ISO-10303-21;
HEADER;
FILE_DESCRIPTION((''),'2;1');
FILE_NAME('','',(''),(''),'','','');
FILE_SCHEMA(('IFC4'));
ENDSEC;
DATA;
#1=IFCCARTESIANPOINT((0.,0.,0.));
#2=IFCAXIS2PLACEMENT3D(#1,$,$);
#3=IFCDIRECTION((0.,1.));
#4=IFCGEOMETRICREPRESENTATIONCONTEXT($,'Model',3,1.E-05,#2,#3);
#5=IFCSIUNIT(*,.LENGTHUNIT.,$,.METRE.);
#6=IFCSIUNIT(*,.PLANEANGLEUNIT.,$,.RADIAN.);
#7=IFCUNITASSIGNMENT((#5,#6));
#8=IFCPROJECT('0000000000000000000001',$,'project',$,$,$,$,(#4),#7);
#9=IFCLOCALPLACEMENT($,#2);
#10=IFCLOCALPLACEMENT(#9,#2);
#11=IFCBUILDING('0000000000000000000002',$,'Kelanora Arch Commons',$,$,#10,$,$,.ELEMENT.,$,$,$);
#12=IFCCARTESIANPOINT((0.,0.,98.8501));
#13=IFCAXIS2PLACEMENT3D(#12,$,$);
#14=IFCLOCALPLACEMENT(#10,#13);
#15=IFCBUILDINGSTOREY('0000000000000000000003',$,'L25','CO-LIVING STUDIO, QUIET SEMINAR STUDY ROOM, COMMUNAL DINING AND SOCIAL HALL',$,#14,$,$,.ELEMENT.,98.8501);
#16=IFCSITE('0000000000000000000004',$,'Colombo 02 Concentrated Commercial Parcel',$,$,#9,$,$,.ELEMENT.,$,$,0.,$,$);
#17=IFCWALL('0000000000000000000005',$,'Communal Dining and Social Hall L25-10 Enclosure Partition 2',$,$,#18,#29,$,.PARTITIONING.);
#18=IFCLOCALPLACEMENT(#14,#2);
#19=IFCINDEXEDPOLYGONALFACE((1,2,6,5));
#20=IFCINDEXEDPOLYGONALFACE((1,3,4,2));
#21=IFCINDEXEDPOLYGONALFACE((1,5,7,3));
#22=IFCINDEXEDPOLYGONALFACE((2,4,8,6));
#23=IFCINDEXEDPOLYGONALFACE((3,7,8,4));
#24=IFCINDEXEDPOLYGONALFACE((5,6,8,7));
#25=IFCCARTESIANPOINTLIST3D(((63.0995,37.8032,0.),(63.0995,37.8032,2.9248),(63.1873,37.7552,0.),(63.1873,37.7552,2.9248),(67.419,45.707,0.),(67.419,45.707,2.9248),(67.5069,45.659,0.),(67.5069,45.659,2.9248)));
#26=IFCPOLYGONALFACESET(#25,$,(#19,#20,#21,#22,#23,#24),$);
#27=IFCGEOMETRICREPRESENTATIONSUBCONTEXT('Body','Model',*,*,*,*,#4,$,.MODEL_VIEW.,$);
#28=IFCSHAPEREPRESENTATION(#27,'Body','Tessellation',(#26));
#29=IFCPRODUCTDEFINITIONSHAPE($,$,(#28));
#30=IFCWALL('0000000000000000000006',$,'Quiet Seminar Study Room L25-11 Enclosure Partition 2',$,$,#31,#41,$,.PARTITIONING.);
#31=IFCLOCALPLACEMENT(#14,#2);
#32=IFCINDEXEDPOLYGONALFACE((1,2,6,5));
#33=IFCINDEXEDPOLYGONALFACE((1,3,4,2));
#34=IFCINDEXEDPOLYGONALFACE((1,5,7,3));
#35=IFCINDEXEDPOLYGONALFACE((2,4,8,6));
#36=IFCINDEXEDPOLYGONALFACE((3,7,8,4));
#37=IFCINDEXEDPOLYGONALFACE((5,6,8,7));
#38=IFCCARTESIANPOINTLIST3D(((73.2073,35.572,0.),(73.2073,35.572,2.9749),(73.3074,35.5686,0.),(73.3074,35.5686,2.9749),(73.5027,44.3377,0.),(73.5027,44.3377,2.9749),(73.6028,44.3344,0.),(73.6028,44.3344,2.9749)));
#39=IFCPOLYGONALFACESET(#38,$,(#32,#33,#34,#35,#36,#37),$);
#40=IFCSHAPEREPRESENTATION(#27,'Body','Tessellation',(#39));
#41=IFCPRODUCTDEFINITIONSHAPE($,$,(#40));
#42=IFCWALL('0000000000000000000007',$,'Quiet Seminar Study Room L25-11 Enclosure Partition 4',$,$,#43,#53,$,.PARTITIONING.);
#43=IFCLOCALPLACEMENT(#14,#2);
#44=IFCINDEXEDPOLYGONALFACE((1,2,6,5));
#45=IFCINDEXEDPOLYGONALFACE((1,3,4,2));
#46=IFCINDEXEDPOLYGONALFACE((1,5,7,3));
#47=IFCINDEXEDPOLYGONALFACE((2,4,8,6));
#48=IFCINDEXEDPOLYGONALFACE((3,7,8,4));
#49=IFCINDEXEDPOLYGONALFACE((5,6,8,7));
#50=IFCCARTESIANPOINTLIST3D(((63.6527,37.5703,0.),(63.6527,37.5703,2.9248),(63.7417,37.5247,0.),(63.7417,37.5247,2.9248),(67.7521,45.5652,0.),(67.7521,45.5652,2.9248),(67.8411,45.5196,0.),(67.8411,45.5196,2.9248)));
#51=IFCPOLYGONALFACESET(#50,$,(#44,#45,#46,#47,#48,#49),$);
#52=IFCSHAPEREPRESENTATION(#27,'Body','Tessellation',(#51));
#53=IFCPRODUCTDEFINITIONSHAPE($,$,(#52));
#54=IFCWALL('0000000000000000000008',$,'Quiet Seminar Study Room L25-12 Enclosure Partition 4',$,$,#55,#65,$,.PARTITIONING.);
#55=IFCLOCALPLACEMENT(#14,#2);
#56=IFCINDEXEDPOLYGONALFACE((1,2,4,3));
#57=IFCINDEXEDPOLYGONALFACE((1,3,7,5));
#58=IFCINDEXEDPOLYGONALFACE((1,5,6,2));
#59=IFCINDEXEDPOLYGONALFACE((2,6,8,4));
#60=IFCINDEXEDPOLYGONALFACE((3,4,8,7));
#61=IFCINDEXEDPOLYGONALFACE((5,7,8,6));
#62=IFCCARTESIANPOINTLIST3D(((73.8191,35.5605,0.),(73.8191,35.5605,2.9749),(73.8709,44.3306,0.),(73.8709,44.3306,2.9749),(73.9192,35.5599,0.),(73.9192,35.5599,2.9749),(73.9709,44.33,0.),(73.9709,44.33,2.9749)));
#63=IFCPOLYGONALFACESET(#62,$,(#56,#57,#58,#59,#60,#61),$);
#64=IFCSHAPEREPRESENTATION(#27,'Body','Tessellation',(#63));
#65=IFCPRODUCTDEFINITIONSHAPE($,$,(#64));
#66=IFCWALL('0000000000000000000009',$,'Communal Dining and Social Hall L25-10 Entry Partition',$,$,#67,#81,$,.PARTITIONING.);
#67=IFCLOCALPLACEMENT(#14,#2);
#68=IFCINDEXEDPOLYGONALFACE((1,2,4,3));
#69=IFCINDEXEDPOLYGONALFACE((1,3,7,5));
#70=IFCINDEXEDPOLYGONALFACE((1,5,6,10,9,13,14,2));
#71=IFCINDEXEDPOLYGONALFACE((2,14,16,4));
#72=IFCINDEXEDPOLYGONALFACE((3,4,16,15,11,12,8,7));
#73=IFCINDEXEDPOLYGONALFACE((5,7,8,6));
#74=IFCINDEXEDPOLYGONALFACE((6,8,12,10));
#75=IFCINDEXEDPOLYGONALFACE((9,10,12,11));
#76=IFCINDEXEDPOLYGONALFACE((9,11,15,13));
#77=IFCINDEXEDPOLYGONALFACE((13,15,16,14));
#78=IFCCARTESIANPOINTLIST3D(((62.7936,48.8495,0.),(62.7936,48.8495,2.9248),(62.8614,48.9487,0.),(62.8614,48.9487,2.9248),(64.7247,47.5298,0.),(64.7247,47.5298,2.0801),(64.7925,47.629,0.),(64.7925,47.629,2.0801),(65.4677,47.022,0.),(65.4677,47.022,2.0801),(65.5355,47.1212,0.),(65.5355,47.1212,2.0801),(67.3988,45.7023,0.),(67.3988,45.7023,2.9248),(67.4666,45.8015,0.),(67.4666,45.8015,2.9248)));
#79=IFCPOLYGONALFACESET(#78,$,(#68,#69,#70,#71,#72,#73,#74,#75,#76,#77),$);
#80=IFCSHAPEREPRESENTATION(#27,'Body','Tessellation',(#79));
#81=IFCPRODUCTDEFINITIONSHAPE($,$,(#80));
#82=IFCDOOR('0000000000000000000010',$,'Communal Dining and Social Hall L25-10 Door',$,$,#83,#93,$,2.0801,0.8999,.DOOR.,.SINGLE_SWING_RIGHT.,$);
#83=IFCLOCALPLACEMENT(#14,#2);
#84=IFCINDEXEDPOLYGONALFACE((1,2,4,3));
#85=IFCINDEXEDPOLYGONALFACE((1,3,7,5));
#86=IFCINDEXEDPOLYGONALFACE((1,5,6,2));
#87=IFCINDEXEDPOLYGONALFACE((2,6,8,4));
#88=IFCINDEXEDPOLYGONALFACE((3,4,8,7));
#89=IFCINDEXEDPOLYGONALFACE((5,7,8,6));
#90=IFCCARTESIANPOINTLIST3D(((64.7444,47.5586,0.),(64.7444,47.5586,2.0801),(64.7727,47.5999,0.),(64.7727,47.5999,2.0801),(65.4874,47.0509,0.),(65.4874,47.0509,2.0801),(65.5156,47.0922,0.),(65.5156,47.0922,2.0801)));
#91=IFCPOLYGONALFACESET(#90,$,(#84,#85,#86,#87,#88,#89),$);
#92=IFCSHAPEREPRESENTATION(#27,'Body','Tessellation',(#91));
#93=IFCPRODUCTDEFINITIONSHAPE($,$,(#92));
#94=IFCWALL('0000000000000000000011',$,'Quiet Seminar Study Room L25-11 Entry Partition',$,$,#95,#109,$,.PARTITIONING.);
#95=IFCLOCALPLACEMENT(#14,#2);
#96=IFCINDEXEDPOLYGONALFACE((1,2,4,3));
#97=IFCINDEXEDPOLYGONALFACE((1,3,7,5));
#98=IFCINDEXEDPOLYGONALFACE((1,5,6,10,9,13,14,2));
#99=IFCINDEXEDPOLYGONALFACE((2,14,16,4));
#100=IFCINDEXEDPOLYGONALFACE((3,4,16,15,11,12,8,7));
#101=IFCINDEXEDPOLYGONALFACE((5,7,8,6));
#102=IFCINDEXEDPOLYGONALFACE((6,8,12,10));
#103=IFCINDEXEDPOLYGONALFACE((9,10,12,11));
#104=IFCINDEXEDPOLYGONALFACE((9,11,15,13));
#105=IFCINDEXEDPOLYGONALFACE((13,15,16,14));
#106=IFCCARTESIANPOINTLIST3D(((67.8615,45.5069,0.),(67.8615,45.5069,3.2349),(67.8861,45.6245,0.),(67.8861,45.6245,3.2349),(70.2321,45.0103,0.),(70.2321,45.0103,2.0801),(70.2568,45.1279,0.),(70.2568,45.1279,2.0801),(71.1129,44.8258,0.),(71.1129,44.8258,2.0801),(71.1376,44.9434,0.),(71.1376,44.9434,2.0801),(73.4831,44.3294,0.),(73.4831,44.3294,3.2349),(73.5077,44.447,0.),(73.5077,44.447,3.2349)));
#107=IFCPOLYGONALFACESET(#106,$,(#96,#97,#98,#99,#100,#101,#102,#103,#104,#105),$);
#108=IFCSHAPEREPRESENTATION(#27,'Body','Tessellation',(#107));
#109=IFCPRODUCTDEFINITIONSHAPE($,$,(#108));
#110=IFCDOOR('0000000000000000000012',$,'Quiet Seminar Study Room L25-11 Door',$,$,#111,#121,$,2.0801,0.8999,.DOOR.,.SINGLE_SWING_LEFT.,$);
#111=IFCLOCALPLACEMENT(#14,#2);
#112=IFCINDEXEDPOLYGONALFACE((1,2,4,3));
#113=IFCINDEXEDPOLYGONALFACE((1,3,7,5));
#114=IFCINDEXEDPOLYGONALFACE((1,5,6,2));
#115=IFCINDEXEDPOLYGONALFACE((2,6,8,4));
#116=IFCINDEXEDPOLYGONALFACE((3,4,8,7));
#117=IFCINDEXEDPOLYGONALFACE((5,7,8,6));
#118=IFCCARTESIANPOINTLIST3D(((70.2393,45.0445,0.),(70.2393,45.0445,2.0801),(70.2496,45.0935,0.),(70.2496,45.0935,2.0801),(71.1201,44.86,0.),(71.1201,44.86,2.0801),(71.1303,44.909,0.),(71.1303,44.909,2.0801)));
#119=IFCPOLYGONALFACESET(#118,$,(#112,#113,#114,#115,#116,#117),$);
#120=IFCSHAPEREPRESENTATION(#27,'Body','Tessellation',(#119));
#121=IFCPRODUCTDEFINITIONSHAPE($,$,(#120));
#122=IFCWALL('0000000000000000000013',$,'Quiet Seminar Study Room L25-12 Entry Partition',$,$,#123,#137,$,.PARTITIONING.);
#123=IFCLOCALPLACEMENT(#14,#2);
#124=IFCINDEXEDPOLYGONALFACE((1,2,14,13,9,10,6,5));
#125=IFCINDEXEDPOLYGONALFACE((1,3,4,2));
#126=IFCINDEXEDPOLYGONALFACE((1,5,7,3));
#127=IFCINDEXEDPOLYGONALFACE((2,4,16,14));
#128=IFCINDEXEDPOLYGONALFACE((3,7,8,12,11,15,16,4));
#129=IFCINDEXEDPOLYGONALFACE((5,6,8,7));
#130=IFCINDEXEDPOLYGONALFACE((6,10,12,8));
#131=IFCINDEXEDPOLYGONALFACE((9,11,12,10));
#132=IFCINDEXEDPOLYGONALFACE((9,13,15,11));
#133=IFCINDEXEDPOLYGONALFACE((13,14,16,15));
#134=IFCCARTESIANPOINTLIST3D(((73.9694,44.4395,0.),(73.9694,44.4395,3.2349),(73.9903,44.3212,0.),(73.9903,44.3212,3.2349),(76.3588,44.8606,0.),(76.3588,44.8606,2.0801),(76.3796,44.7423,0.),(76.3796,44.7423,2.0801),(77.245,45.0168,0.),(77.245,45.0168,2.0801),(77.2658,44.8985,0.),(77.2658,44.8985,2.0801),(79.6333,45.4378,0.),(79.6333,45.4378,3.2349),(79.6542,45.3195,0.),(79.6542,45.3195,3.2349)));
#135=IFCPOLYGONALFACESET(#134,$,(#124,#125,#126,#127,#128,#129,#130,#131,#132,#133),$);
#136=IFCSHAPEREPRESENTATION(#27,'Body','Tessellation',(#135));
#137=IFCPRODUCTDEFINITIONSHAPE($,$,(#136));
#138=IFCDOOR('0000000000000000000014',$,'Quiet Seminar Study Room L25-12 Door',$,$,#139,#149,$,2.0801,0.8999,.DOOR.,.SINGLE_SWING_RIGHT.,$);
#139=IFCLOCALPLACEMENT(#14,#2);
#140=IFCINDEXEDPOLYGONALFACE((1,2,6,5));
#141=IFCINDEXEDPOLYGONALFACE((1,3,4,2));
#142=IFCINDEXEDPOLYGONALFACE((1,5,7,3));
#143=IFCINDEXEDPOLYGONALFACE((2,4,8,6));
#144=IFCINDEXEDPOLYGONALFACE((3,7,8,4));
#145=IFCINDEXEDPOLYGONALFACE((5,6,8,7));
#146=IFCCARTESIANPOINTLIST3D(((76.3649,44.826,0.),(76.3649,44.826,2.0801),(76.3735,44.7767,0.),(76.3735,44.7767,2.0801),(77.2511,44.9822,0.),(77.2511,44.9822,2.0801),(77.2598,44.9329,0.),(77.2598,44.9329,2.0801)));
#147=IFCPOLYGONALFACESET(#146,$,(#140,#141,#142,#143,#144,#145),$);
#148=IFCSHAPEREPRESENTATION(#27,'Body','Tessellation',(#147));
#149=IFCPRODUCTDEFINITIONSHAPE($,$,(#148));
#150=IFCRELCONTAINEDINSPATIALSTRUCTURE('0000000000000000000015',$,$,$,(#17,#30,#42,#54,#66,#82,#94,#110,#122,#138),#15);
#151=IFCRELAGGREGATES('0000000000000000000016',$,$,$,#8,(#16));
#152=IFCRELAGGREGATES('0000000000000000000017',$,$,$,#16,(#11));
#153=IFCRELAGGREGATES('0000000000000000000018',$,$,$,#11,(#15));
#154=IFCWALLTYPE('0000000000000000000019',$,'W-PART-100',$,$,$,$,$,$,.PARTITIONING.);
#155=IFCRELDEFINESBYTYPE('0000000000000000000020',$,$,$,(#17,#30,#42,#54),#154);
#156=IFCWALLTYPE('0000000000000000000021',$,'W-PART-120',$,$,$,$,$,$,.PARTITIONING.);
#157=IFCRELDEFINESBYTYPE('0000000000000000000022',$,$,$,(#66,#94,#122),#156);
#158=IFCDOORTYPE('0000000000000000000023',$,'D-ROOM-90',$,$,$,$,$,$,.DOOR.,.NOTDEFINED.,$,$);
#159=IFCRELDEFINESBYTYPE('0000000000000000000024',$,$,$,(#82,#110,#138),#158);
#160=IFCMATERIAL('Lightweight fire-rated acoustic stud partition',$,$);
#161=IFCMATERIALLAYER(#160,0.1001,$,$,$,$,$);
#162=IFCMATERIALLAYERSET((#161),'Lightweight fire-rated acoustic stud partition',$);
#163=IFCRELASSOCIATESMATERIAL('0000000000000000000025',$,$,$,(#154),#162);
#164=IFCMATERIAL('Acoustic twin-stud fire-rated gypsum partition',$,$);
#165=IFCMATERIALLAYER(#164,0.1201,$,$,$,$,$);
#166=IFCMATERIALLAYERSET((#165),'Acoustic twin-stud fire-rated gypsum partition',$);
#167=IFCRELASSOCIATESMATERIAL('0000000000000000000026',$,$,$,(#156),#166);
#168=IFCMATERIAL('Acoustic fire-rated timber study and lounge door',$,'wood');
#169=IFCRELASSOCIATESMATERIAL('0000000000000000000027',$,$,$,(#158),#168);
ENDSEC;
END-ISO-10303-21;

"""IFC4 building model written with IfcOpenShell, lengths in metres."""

from ifc_helpers import new_model, si_unit, direction, frame, frame_2d, origin, place, context, subcontext, project, spatial, rectangle, extrude, material, layer, layer_set, type_object, element, fill, save


model = new_model("IFC4")

# Units and contexts
model_context = context("Model", 3, precision=1e-05, world=origin(), true_north=direction((0.0, 1.0)))
body_context = subcontext(model_context, "Body", "Model", "MODEL_VIEW")
ifc_project = project(units=[si_unit("LENGTHUNIT", "METRE"), si_unit("PLANEANGLEUNIT", "RADIAN")], contexts=[model_context])

# Site, building, storey
site_placement = place(None, origin())
site = spatial("IfcSite", under=ifc_project, at=site_placement, Name="Colombo 02 Concentrated Commercial Parcel", CompositionType="ELEMENT", RefElevation=0.0)
building_placement = place(site_placement, origin())
building = spatial("IfcBuilding", under=site, at=building_placement, Name="Kelanora Arch Commons", CompositionType="ELEMENT")
storey_placement = place(building_placement, frame((0.0, 0.0, 98.8501)))
storey = spatial("IfcBuildingStorey", under=building, at=storey_placement, Name="L25", Description="CO-LIVING STUDIO, QUIET SEMINAR STUDY ROOM, COMMUNAL DINING AND SOCIAL HALL", CompositionType="ELEMENT", Elevation=98.8501)

# Walls
ifc_material_1 = material(Name="Lightweight fire-rated acoustic stud partition")
ifc_layer_1 = layer(ifc_material_1, 0.1001)
ifc_layer_set_1 = layer_set([ifc_layer_1], Name="Lightweight fire-rated acoustic stud partition")
wall_type_1 = type_object("IfcWallType", Name="W-PART-100", PredefinedType="PARTITIONING", material=ifc_layer_set_1)
wall_1_placement = place(storey_placement, frame((67.4629, 45.6829, 0.0), z_axis=(0.0, 0.0, 1.0), x_axis=(-0.479572, -0.877503, 0.0)))
element("IfcWall", 1, at=wall_1_placement, inside=storey, type_object=wall_type_1, Name="Communal Dining and Social Hall L25-10 Enclosure Partition 2", PredefinedType="PARTITIONING", context=body_context, shape_type="SweptSolid", body=[
    extrude(rectangle(XDim=9.0071, YDim=0.1001, at=frame_2d((4.5034, 0.0))), origin(), (0.0, 0.0, 1.0), 2.9248),
])
wall_2_placement = place(storey_placement, frame((73.5527, 44.3359, 0.0), z_axis=(0.0, 0.0, 1.0), x_axis=(-0.033681, -0.999433, 0.0)))
element("IfcWall", 2, at=wall_2_placement, inside=storey, type_object=wall_type_1, Name="Quiet Seminar Study Room L25-11 Enclosure Partition 2", PredefinedType="PARTITIONING", context=body_context, shape_type="SweptSolid", body=[
    extrude(rectangle(XDim=8.7708, YDim=0.1001, at=frame_2d((4.3853, 0.0))), origin(), (0.0, 0.0, 1.0), 2.9749),
])
wall_3_placement = place(storey_placement, frame((63.6973, 37.5476, 0.0), z_axis=(0.0, 0.0, 1.0), x_axis=(0.456266, 0.889843, 0.0)))
element("IfcWall", 3, at=wall_3_placement, inside=storey, type_object=wall_type_1, Name="Quiet Seminar Study Room L25-11 Enclosure Partition 4", PredefinedType="PARTITIONING", context=body_context, shape_type="SweptSolid", body=[
    extrude(rectangle(XDim=8.9846, YDim=0.1001, at=frame_2d((4.4922, 0.0))), origin(), (0.0, 0.0, 1.0), 2.9248),
])
wall_4_placement = place(storey_placement, frame((73.8691, 35.5601, 0.0), z_axis=(0.0, 0.0, 1.0), x_axis=(0.005902, 0.999983, 0.0)))
element("IfcWall", 4, at=wall_4_placement, inside=storey, type_object=wall_type_1, Name="Quiet Seminar Study Room L25-12 Enclosure Partition 4", PredefinedType="PARTITIONING", context=body_context, shape_type="SweptSolid", body=[
    extrude(rectangle(XDim=8.7703, YDim=0.1001, at=frame_2d((4.3853, 0.0))), origin(), (0.0, 0.0, 1.0), 2.9749),
])

# Walls, openings, doors
ifc_material_2 = material(Name="Acoustic twin-stud fire-rated gypsum partition")
ifc_layer_2 = layer(ifc_material_2, 0.1201)
ifc_layer_set_2 = layer_set([ifc_layer_2], Name="Acoustic twin-stud fire-rated gypsum partition")
wall_type_2 = type_object("IfcWallType", Name="W-PART-120", PredefinedType="PARTITIONING", material=ifc_layer_set_2)
wall_5_placement = place(storey_placement, frame((62.8274, 48.8992, 0.0), z_axis=(0.0, 0.0, 1.0), x_axis=(0.825618, -0.564229, 0.0)))
wall_5 = element("IfcWall", 5, at=wall_5_placement, inside=storey, type_object=wall_type_2, Name="Communal Dining and Social Hall L25-10 Entry Partition", PredefinedType="PARTITIONING", context=body_context, shape_type="SweptSolid", body=[
    extrude(rectangle(XDim=5.5779, YDim=0.1201, at=frame_2d((2.7891, 0.0))), origin(), (0.0, 0.0, 1.0), 2.9248),
])
opening_1_placement = place(wall_5_placement, frame((2.3391, 0.0, 0.0)))
opening_1 = element("IfcOpeningElement", 6, at=opening_1_placement, cuts=wall_5, PredefinedType="OPENING", context=body_context, shape_type="SweptSolid", body=[
    extrude(rectangle(XDim=0.8999, YDim=2.0801, at=frame_2d((0.45, 1.04))), frame((0.0, 0.0701, 0.0), z_axis=(0.0, -1.0, 0.0), x_axis=(1.0, 0.0, 0.0)), (0.0, 0.0, 1.0), 0.1401),
])
ifc_material_3 = material(Name="Acoustic fire-rated timber study and lounge door", Category="wood")
door_type = type_object("IfcDoorType", Name="D-ROOM-90", OperationType="NOTDEFINED", PredefinedType="DOOR", material=ifc_material_3)
door_1_placement = place(opening_1_placement, origin())
door_1 = element("IfcDoor", 7, at=door_1_placement, inside=storey, type_object=door_type, Name="Communal Dining and Social Hall L25-10 Door", OperationType="SINGLE_SWING_RIGHT", OverallHeight=2.0801, OverallWidth=0.8999, PredefinedType="DOOR", context=body_context, shape_type="SweptSolid", body=[
    extrude(rectangle(XDim=0.8999, YDim=2.0801, at=frame_2d((0.45, 1.04))), frame((0.0, 0.0249, 0.0), z_axis=(0.0, -1.0, 0.0), x_axis=(1.0, 0.0, 0.0)), (0.0, 0.0, 1.0), 0.05),
])
fill(opening_1, door_1)
wall_6_placement = place(storey_placement, frame((67.8738, 45.5657, 0.0), z_axis=(0.0, 0.0, 1.0), x_axis=(0.97876, -0.20501, 0.0)))
wall_6 = element("IfcWall", 8, at=wall_6_placement, inside=storey, type_object=wall_type_2, Name="Quiet Seminar Study Room L25-11 Entry Partition", PredefinedType="PARTITIONING", context=body_context, shape_type="SweptSolid", body=[
    extrude(rectangle(XDim=5.7437, YDim=0.1201, at=frame_2d((2.8718, 0.0))), origin(), (0.0, 0.0, 1.0), 3.2349),
])
opening_2_placement = place(wall_6_placement, frame((2.4221, 0.0, 0.0)))
opening_2 = element("IfcOpeningElement", 9, at=opening_2_placement, cuts=wall_6, PredefinedType="OPENING", context=body_context, shape_type="SweptSolid", body=[
    extrude(rectangle(XDim=0.8999, YDim=2.0801, at=frame_2d((0.45, 1.04))), frame((0.0, 0.0701, 0.0), z_axis=(0.0, -1.0, 0.0), x_axis=(1.0, 0.0, 0.0)), (0.0, 0.0, 1.0), 0.1401),
])
door_2_placement = place(opening_2_placement, origin())
door_2 = element("IfcDoor", 10, at=door_2_placement, inside=storey, type_object=door_type, Name="Quiet Seminar Study Room L25-11 Door", OperationType="SINGLE_SWING_LEFT", OverallHeight=2.0801, OverallWidth=0.8999, PredefinedType="DOOR", context=body_context, shape_type="SweptSolid", body=[
    extrude(rectangle(XDim=0.8999, YDim=2.0801, at=frame_2d((0.45, 1.04))), frame((0.0, 0.0249, 0.0), z_axis=(0.0, -1.0, 0.0), x_axis=(1.0, 0.0, 0.0)), (0.0, 0.0, 1.0), 0.05),
])
fill(opening_2, door_2)
wall_7_placement = place(storey_placement, frame((73.98, 44.3804, 0.0), z_axis=(0.0, 0.0, 1.0), x_axis=(0.984819, 0.173582, 0.0)))
wall_7 = element("IfcWall", 11, at=wall_7_placement, inside=storey, type_object=wall_type_2, Name="Quiet Seminar Study Room L25-12 Entry Partition", PredefinedType="PARTITIONING", context=body_context, shape_type="SweptSolid", body=[
    extrude(rectangle(XDim=5.7512, YDim=0.1201, at=frame_2d((2.8755, 0.0))), origin(), (0.0, 0.0, 1.0), 3.2349),
])
opening_3_placement = place(wall_7_placement, frame((2.426, 0.0, 0.0)))
opening_3 = element("IfcOpeningElement", 12, at=opening_3_placement, cuts=wall_7, PredefinedType="OPENING", context=body_context, shape_type="SweptSolid", body=[
    extrude(rectangle(XDim=0.8999, YDim=2.0801, at=frame_2d((0.45, 1.04))), frame((0.0, 0.0701, 0.0), z_axis=(0.0, -1.0, 0.0), x_axis=(1.0, 0.0, 0.0)), (0.0, 0.0, 1.0), 0.1401),
])
door_3_placement = place(opening_3_placement, origin())
door_3 = element("IfcDoor", 13, at=door_3_placement, inside=storey, type_object=door_type, Name="Quiet Seminar Study Room L25-12 Door", OperationType="SINGLE_SWING_RIGHT", OverallHeight=2.0801, OverallWidth=0.8999, PredefinedType="DOOR", context=body_context, shape_type="SweptSolid", body=[
    extrude(rectangle(XDim=0.8999, YDim=2.0801, at=frame_2d((0.45, 1.04))), frame((0.0, 0.0249, 0.0), z_axis=(0.0, -1.0, 0.0), x_axis=(1.0, 0.0, 0.0)), (0.0, 0.0, 1.0), 0.05),
])
fill(opening_3, door_3)

save(model, "model.ifc")
